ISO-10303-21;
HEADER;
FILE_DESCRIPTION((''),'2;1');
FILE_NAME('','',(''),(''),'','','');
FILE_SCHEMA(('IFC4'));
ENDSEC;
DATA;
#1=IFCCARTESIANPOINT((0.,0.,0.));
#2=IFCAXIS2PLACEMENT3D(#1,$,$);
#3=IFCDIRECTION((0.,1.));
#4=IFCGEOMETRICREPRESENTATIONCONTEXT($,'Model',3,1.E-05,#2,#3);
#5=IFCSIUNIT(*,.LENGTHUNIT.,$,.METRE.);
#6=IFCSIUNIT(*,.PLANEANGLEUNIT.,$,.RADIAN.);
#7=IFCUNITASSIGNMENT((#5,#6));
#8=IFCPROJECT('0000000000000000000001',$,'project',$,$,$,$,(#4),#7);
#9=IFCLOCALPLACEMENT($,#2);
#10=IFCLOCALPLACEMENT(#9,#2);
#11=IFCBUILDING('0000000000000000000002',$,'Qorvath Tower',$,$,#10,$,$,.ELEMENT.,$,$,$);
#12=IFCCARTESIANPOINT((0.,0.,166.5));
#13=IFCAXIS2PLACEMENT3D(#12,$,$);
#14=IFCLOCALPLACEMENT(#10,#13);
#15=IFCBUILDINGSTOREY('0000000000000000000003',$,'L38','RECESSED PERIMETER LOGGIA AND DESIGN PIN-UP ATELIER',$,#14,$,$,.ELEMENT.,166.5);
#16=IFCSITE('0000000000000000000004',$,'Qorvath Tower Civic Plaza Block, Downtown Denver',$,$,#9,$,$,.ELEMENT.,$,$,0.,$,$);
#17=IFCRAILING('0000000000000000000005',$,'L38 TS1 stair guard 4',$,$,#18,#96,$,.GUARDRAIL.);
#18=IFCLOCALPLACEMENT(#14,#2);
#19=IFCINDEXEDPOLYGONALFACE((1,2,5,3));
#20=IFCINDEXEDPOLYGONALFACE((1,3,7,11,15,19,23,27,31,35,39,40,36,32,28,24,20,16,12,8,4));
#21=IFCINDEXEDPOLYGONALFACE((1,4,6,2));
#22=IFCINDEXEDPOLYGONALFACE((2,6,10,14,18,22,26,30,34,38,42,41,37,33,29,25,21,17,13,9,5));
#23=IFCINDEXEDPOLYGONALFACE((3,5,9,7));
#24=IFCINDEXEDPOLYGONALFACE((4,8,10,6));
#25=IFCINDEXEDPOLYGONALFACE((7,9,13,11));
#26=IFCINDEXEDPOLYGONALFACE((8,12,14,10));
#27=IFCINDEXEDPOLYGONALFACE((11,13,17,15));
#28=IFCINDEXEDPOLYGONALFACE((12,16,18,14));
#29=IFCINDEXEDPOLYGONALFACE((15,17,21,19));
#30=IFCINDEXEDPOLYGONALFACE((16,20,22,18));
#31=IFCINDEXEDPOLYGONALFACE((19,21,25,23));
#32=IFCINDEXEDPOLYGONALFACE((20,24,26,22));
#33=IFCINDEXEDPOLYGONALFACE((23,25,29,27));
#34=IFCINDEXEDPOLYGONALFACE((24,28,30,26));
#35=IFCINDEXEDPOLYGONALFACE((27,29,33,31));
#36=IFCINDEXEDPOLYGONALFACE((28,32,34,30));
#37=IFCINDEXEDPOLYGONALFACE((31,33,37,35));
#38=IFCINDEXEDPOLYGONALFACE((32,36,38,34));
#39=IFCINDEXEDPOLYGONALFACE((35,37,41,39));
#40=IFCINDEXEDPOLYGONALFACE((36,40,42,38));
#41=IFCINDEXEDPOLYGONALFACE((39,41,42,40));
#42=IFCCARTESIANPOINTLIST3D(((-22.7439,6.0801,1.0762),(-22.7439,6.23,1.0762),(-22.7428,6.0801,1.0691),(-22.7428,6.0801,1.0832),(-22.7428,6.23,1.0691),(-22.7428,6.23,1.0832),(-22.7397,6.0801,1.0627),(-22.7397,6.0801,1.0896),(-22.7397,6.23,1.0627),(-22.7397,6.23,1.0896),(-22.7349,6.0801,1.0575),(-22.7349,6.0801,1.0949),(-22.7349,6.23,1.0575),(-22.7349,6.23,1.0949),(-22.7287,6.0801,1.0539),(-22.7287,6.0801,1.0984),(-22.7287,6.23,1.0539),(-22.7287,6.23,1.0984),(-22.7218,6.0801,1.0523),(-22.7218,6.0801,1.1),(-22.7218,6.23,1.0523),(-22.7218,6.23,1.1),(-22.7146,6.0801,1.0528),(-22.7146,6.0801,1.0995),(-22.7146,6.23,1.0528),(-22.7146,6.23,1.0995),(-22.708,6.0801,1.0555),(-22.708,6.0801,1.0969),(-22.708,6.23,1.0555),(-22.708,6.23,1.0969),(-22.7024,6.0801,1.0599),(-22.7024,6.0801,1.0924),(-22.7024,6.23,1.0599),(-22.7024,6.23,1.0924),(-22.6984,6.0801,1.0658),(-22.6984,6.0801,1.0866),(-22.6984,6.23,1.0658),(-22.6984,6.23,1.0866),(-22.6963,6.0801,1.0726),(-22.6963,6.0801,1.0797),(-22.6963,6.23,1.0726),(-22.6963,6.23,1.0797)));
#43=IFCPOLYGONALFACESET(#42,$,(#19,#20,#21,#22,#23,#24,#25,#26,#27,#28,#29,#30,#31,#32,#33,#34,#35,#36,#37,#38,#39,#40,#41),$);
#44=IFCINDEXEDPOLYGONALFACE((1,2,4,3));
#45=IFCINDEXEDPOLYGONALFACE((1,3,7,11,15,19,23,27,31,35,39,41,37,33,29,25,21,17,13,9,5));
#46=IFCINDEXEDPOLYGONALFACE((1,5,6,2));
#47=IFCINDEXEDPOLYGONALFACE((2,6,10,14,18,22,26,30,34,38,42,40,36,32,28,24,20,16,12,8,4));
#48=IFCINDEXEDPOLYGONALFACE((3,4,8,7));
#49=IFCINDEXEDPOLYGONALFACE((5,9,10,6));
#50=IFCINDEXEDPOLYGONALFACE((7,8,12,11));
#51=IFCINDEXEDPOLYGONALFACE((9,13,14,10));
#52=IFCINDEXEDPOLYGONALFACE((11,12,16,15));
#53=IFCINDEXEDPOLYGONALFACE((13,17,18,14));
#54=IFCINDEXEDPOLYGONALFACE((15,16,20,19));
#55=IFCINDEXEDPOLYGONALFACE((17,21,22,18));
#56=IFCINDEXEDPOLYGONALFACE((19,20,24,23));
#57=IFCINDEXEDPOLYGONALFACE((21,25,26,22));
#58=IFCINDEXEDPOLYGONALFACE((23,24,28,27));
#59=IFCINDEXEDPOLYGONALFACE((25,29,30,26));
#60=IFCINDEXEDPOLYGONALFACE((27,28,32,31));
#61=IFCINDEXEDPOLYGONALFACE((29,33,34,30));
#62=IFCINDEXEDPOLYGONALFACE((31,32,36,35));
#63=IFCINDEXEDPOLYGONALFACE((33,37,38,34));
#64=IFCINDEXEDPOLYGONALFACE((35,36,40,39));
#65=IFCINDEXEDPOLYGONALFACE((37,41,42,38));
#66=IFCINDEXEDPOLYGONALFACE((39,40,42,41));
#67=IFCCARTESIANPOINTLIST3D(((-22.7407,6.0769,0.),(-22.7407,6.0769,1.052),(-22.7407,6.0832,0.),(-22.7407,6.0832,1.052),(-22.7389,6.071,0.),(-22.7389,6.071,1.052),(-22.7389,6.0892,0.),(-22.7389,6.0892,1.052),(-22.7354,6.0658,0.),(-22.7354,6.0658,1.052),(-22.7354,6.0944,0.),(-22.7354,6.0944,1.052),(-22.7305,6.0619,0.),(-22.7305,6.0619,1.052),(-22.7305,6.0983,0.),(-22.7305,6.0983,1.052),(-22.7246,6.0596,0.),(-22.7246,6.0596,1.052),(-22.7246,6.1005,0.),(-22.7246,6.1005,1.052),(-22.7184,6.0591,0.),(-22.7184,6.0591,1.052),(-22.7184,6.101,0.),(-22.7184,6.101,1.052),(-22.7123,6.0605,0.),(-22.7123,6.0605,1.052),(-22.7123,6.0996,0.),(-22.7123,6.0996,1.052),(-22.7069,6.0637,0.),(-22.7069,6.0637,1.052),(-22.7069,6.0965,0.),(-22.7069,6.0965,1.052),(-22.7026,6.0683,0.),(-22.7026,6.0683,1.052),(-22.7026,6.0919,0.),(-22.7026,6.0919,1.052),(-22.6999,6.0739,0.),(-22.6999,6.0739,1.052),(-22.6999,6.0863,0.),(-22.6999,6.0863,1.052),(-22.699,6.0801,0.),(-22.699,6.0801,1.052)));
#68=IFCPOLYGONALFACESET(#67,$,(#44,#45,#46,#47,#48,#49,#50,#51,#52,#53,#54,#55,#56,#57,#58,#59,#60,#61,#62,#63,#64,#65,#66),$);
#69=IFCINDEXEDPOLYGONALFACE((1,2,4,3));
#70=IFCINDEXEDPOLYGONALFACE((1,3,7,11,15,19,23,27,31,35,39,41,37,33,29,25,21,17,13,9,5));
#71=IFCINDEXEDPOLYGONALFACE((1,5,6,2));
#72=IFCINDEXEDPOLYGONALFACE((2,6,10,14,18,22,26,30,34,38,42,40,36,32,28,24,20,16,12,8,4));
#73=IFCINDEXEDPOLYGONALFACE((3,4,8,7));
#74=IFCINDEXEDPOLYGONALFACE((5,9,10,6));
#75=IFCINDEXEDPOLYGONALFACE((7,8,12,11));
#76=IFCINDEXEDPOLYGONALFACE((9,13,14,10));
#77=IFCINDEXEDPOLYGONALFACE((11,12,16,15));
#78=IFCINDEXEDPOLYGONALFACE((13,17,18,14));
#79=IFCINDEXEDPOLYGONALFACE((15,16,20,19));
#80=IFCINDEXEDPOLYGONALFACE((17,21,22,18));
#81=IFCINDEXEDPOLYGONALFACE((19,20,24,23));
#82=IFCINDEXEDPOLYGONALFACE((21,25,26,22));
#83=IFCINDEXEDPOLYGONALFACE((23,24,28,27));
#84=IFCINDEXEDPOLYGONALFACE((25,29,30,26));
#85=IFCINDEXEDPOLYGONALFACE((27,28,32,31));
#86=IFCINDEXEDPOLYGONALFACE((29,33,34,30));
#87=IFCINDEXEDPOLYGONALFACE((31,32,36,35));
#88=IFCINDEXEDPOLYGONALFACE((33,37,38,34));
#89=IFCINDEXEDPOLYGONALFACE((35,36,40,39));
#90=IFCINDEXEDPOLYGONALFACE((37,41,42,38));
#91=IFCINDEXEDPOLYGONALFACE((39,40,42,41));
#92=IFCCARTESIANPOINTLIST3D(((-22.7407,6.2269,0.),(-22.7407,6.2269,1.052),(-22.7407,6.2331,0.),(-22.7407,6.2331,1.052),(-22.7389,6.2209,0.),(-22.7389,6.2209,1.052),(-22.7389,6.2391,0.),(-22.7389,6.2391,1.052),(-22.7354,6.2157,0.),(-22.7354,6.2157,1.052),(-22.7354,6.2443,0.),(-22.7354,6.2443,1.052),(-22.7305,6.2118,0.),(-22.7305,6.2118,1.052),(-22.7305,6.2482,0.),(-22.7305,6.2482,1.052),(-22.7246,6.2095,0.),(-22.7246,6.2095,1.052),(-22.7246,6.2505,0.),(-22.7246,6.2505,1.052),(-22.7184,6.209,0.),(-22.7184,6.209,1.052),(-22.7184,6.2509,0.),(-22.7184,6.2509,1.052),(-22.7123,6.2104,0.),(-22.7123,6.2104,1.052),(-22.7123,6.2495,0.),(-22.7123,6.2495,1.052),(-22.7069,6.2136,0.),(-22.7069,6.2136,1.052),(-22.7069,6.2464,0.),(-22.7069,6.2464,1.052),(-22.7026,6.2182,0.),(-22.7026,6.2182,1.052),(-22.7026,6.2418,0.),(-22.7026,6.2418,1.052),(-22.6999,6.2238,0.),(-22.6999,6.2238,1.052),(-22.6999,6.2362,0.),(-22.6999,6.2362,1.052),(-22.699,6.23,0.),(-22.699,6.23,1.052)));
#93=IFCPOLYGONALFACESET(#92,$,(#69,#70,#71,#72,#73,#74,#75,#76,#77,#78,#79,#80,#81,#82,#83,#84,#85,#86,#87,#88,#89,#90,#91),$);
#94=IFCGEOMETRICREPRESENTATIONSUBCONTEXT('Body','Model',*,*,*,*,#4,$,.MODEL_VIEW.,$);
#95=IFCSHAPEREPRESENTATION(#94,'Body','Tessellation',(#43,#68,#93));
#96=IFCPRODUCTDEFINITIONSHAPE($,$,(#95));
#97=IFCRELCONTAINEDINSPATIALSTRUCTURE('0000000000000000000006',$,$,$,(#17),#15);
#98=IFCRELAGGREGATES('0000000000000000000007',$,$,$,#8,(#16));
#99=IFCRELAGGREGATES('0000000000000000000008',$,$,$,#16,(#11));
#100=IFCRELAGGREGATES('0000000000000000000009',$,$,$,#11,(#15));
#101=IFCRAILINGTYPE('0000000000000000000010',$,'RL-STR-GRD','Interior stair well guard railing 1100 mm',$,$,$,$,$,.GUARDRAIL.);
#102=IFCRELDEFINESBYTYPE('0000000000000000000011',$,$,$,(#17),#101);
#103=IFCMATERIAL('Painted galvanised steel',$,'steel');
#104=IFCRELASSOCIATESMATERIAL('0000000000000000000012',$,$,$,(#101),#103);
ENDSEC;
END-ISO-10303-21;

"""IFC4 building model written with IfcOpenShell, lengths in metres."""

from ifc_helpers import new_model, si_unit, direction, frame, origin, origin_2d, place, context, subcontext, project, spatial, circle, extrude, material, type_object, element, save


model = new_model("IFC4")

# Units and contexts
model_context = context("Model", 3, precision=1e-05, world=origin(), true_north=direction((0.0, 1.0)))
body_context = subcontext(model_context, "Body", "Model", "MODEL_VIEW")
ifc_project = project(units=[si_unit("LENGTHUNIT", "METRE"), si_unit("PLANEANGLEUNIT", "RADIAN")], contexts=[model_context])

# Site, building, storey
site_placement = place(None, origin())
site = spatial("IfcSite", under=ifc_project, at=site_placement, Name="Qorvath Tower Civic Plaza Block, Downtown Denver", CompositionType="ELEMENT", RefElevation=0.0)
building_placement = place(site_placement, origin())
building = spatial("IfcBuilding", under=site, at=building_placement, Name="Qorvath Tower", CompositionType="ELEMENT")
storey_placement = place(building_placement, frame((0.0, 0.0, 166.5)))
storey = spatial("IfcBuildingStorey", under=building, at=storey_placement, Name="L38", Description="RECESSED PERIMETER LOGGIA AND DESIGN PIN-UP ATELIER", CompositionType="ELEMENT", Elevation=166.5)

# Railing
ifc_material_1 = material(Name="Painted galvanised steel", Category="steel")
railing_type_1 = type_object("IfcRailingType", Name="RL-STR-GRD", Description="Interior stair well guard railing 1100 mm", PredefinedType="GUARDRAIL", material=ifc_material_1)
railing_1_placement = place(storey_placement, frame((-22.72, 6.0801, 0.0)))
element("IfcRailing", 1, at=railing_1_placement, inside=storey, type_object=railing_type_1, Name="L38 TS1 stair guard 4", PredefinedType="GUARDRAIL", context=body_context, shape_type="SweptSolid", body=[
    extrude(circle(Radius=0.0239, at=origin_2d()), frame((0.0, 0.0, 1.0762), z_axis=(0.0, 1.0, 0.0), x_axis=(-1.0, 0.0, 0.0)), (0.0, 0.0, 1.0), 0.1499),
    extrude(circle(Radius=0.021, at=origin_2d()), origin(), (0.0, 0.0, 1.0), 1.052),
    extrude(circle(Radius=0.021, at=origin_2d()), frame((0.0, 0.1499, 0.0)), (0.0, 0.0, 1.0), 1.052),
])

save(model, "model.ifc")
